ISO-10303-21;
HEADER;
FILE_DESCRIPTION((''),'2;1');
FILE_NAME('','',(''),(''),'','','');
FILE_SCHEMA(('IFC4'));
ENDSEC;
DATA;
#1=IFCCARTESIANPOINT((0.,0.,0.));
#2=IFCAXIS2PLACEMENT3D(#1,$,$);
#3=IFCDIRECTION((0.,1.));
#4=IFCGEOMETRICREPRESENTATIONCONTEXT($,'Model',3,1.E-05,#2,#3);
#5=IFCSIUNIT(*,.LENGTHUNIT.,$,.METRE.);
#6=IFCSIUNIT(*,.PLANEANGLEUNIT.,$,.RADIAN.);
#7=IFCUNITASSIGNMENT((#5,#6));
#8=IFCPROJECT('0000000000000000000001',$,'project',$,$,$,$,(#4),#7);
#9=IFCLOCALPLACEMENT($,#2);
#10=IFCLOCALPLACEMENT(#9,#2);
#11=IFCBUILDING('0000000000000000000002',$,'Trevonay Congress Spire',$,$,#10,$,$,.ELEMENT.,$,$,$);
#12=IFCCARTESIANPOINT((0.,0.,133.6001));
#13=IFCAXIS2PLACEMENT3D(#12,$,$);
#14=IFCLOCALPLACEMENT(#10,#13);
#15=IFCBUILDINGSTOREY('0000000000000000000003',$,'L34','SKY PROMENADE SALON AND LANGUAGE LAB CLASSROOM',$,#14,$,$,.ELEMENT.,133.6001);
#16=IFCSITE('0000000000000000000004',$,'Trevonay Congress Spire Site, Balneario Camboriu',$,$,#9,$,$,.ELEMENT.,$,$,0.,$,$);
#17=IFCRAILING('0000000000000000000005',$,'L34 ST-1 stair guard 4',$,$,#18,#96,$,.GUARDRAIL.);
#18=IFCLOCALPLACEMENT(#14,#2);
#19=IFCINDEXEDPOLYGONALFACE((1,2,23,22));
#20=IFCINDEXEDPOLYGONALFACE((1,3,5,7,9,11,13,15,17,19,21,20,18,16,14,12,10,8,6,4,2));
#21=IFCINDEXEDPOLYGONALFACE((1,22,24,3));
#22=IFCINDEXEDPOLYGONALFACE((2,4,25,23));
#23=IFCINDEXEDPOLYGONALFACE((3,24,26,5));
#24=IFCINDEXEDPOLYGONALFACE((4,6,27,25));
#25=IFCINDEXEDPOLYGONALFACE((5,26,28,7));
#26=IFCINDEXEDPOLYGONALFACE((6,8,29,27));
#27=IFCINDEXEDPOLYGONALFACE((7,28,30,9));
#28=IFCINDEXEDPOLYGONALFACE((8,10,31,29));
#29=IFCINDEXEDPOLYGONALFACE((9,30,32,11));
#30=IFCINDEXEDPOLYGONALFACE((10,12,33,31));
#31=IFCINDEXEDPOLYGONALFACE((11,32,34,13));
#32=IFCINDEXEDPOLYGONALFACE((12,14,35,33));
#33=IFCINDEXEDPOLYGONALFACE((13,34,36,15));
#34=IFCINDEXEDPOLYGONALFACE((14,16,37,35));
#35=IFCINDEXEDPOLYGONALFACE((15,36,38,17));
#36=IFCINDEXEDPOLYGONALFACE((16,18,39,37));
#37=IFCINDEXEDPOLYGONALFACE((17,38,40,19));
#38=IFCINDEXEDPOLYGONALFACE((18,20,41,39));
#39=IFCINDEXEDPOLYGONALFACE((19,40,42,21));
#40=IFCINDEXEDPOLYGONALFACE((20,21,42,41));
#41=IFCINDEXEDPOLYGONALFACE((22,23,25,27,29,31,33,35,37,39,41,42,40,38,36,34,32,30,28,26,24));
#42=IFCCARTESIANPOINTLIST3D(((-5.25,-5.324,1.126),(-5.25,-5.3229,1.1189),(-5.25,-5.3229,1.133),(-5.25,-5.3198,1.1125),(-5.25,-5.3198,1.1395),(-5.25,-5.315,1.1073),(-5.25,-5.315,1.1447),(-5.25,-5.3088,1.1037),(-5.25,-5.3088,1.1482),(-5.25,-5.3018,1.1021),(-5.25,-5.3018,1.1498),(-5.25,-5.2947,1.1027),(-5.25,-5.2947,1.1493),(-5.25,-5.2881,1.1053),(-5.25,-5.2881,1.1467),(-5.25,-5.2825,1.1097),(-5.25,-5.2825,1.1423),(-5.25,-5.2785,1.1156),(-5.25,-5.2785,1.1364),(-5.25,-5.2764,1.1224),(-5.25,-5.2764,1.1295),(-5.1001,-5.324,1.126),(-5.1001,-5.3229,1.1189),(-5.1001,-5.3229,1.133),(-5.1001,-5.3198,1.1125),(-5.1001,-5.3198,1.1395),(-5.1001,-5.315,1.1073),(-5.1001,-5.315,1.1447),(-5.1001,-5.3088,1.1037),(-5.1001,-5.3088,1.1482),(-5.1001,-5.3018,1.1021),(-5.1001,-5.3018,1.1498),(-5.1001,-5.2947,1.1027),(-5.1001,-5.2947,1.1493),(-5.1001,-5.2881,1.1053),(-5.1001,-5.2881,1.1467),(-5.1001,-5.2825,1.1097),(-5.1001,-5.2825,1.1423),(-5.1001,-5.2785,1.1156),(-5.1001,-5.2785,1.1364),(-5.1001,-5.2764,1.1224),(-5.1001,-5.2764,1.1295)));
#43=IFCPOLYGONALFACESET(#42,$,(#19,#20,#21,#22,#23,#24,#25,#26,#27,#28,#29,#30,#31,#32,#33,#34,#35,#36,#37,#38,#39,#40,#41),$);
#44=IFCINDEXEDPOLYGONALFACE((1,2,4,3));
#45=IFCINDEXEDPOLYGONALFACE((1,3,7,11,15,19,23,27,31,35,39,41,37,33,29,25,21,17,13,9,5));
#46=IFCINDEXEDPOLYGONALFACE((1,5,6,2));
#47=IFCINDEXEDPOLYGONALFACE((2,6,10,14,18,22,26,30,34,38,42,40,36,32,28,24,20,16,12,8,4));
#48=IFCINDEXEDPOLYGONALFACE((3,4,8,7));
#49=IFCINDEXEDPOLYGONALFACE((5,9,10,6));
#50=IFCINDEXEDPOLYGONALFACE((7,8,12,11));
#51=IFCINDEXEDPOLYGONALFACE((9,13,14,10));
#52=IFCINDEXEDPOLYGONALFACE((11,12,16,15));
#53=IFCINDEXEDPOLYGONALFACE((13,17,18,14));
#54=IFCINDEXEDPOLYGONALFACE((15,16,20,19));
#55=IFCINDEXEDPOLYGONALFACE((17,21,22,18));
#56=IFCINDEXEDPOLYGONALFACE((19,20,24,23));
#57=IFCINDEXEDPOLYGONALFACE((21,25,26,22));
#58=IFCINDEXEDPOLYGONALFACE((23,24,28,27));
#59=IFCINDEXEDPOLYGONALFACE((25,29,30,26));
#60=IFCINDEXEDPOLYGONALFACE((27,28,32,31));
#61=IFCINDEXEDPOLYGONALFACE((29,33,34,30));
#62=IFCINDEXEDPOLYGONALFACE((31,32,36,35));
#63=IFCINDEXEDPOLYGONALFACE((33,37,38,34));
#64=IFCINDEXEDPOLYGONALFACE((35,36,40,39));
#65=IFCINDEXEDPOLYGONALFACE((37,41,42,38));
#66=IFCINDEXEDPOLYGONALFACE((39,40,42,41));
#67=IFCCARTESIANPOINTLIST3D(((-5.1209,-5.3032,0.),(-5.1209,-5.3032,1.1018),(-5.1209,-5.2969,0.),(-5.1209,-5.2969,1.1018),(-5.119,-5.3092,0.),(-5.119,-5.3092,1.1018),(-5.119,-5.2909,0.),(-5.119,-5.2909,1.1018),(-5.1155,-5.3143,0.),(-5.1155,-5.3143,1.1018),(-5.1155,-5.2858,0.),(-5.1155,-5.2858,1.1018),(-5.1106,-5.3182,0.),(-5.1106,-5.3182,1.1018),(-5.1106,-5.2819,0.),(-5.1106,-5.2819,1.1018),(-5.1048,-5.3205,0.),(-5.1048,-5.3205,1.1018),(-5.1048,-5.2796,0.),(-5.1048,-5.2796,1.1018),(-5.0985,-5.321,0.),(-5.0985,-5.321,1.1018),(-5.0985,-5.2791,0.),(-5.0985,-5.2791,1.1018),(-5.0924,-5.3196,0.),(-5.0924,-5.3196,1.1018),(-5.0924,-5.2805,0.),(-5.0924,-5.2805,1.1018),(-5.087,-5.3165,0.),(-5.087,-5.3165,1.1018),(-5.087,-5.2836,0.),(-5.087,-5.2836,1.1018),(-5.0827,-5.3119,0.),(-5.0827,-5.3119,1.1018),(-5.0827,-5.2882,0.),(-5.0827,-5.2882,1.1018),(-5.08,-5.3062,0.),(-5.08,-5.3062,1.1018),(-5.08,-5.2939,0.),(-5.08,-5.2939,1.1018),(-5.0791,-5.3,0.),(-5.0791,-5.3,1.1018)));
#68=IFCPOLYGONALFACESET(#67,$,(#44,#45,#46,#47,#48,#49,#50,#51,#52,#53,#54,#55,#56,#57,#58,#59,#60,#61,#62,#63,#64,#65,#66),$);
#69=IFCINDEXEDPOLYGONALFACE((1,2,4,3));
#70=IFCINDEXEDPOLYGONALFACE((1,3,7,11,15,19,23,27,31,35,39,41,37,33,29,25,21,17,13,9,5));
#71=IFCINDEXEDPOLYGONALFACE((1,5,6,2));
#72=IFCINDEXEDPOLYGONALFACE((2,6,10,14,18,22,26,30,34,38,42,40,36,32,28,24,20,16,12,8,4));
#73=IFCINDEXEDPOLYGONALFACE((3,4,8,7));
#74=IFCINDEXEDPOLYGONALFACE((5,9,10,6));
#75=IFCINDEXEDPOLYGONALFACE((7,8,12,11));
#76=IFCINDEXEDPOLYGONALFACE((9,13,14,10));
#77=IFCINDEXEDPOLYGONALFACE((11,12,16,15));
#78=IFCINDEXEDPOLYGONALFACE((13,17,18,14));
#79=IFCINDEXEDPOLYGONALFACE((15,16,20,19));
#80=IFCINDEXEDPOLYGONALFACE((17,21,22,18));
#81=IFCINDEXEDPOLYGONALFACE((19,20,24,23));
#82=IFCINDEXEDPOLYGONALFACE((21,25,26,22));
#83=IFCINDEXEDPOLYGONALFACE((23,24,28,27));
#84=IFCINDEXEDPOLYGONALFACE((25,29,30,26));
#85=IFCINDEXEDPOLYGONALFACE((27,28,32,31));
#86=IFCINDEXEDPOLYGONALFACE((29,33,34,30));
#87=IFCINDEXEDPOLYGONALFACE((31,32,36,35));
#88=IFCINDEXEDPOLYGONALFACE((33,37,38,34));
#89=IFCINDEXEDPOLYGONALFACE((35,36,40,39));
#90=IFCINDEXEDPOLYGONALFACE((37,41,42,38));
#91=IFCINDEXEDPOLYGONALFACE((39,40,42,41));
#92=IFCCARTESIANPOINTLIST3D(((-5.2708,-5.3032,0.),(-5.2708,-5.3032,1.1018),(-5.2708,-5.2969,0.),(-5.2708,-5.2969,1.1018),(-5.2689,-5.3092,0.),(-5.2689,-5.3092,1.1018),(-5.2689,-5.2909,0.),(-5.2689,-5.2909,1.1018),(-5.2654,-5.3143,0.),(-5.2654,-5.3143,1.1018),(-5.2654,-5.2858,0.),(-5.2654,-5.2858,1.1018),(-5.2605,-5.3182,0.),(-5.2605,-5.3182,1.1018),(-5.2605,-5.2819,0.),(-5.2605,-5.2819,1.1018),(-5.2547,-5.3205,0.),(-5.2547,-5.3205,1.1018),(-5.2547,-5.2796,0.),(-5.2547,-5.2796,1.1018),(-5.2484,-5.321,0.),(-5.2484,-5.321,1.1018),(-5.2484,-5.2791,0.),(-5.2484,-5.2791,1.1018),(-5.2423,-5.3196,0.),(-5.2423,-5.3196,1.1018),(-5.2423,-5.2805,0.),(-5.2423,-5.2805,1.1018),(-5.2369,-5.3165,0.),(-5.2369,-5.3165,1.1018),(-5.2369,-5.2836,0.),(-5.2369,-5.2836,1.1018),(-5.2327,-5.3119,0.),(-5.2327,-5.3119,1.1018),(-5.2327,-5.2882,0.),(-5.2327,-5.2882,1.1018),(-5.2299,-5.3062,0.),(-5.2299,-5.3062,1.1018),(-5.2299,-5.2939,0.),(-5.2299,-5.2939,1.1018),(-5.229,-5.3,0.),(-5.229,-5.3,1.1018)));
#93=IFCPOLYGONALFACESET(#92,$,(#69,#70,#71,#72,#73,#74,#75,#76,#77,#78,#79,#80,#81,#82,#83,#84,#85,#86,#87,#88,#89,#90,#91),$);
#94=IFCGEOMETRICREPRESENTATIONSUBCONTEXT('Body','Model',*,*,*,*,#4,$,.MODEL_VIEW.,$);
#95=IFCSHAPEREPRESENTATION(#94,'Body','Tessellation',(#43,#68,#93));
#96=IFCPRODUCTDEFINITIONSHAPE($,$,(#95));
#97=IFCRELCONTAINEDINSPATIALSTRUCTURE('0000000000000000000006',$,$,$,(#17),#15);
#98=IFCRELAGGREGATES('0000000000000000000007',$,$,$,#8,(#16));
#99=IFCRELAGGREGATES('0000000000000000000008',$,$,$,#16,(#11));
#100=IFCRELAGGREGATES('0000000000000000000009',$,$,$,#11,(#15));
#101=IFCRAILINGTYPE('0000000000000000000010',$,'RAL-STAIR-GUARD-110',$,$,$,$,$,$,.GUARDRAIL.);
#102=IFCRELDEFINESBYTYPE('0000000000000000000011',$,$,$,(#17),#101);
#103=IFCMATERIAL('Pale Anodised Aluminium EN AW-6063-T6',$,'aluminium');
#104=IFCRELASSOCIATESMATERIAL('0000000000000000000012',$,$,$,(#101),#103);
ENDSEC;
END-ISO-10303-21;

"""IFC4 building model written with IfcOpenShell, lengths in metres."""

from ifc_helpers import new_model, si_unit, direction, frame, origin, origin_2d, place, context, subcontext, project, spatial, circle, extrude, material, type_object, element, save


model = new_model("IFC4")

# Units and contexts
model_context = context("Model", 3, precision=1e-05, world=origin(), true_north=direction((0.0, 1.0)))
body_context = subcontext(model_context, "Body", "Model", "MODEL_VIEW")
ifc_project = project(units=[si_unit("LENGTHUNIT", "METRE"), si_unit("PLANEANGLEUNIT", "RADIAN")], contexts=[model_context])

# Site, building, storey
site_placement = place(None, origin())
site = spatial("IfcSite", under=ifc_project, at=site_placement, Name="Trevonay Congress Spire Site, Balneario Camboriu", CompositionType="ELEMENT", RefElevation=0.0)
building_placement = place(site_placement, origin())
building = spatial("IfcBuilding", under=site, at=building_placement, Name="Trevonay Congress Spire", CompositionType="ELEMENT")
storey_placement = place(building_placement, frame((0.0, 0.0, 133.6001)))
storey = spatial("IfcBuildingStorey", under=building, at=storey_placement, Name="L34", Description="SKY PROMENADE SALON AND LANGUAGE LAB CLASSROOM", CompositionType="ELEMENT", Elevation=133.6001)

# Railing
ifc_material_1 = material(Name="Pale Anodised Aluminium EN AW-6063-T6", Category="aluminium")
railing_type_1 = type_object("IfcRailingType", Name="RAL-STAIR-GUARD-110", PredefinedType="GUARDRAIL", material=ifc_material_1)
railing_1_placement = place(storey_placement, frame((-5.1001, -5.3, 0.0)))
element("IfcRailing", 1, at=railing_1_placement, inside=storey, type_object=railing_type_1, Name="L34 ST-1 stair guard 4", PredefinedType="GUARDRAIL", context=body_context, shape_type="SweptSolid", body=[
    extrude(circle(Radius=0.0239, at=origin_2d()), frame((0.0, 0.0, 1.126), z_axis=(-1.0, 0.0, 0.0), x_axis=(0.0, -1.0, 0.0)), (0.0, 0.0, 1.0), 0.1499),
    extrude(circle(Radius=0.021, at=origin_2d()), origin(), (0.0, 0.0, 1.0), 1.1018),
    extrude(circle(Radius=0.021, at=origin_2d()), frame((-0.1499, 0.0, 0.0)), (0.0, 0.0, 1.0), 1.1018),
])

save(model, "model.ifc")
